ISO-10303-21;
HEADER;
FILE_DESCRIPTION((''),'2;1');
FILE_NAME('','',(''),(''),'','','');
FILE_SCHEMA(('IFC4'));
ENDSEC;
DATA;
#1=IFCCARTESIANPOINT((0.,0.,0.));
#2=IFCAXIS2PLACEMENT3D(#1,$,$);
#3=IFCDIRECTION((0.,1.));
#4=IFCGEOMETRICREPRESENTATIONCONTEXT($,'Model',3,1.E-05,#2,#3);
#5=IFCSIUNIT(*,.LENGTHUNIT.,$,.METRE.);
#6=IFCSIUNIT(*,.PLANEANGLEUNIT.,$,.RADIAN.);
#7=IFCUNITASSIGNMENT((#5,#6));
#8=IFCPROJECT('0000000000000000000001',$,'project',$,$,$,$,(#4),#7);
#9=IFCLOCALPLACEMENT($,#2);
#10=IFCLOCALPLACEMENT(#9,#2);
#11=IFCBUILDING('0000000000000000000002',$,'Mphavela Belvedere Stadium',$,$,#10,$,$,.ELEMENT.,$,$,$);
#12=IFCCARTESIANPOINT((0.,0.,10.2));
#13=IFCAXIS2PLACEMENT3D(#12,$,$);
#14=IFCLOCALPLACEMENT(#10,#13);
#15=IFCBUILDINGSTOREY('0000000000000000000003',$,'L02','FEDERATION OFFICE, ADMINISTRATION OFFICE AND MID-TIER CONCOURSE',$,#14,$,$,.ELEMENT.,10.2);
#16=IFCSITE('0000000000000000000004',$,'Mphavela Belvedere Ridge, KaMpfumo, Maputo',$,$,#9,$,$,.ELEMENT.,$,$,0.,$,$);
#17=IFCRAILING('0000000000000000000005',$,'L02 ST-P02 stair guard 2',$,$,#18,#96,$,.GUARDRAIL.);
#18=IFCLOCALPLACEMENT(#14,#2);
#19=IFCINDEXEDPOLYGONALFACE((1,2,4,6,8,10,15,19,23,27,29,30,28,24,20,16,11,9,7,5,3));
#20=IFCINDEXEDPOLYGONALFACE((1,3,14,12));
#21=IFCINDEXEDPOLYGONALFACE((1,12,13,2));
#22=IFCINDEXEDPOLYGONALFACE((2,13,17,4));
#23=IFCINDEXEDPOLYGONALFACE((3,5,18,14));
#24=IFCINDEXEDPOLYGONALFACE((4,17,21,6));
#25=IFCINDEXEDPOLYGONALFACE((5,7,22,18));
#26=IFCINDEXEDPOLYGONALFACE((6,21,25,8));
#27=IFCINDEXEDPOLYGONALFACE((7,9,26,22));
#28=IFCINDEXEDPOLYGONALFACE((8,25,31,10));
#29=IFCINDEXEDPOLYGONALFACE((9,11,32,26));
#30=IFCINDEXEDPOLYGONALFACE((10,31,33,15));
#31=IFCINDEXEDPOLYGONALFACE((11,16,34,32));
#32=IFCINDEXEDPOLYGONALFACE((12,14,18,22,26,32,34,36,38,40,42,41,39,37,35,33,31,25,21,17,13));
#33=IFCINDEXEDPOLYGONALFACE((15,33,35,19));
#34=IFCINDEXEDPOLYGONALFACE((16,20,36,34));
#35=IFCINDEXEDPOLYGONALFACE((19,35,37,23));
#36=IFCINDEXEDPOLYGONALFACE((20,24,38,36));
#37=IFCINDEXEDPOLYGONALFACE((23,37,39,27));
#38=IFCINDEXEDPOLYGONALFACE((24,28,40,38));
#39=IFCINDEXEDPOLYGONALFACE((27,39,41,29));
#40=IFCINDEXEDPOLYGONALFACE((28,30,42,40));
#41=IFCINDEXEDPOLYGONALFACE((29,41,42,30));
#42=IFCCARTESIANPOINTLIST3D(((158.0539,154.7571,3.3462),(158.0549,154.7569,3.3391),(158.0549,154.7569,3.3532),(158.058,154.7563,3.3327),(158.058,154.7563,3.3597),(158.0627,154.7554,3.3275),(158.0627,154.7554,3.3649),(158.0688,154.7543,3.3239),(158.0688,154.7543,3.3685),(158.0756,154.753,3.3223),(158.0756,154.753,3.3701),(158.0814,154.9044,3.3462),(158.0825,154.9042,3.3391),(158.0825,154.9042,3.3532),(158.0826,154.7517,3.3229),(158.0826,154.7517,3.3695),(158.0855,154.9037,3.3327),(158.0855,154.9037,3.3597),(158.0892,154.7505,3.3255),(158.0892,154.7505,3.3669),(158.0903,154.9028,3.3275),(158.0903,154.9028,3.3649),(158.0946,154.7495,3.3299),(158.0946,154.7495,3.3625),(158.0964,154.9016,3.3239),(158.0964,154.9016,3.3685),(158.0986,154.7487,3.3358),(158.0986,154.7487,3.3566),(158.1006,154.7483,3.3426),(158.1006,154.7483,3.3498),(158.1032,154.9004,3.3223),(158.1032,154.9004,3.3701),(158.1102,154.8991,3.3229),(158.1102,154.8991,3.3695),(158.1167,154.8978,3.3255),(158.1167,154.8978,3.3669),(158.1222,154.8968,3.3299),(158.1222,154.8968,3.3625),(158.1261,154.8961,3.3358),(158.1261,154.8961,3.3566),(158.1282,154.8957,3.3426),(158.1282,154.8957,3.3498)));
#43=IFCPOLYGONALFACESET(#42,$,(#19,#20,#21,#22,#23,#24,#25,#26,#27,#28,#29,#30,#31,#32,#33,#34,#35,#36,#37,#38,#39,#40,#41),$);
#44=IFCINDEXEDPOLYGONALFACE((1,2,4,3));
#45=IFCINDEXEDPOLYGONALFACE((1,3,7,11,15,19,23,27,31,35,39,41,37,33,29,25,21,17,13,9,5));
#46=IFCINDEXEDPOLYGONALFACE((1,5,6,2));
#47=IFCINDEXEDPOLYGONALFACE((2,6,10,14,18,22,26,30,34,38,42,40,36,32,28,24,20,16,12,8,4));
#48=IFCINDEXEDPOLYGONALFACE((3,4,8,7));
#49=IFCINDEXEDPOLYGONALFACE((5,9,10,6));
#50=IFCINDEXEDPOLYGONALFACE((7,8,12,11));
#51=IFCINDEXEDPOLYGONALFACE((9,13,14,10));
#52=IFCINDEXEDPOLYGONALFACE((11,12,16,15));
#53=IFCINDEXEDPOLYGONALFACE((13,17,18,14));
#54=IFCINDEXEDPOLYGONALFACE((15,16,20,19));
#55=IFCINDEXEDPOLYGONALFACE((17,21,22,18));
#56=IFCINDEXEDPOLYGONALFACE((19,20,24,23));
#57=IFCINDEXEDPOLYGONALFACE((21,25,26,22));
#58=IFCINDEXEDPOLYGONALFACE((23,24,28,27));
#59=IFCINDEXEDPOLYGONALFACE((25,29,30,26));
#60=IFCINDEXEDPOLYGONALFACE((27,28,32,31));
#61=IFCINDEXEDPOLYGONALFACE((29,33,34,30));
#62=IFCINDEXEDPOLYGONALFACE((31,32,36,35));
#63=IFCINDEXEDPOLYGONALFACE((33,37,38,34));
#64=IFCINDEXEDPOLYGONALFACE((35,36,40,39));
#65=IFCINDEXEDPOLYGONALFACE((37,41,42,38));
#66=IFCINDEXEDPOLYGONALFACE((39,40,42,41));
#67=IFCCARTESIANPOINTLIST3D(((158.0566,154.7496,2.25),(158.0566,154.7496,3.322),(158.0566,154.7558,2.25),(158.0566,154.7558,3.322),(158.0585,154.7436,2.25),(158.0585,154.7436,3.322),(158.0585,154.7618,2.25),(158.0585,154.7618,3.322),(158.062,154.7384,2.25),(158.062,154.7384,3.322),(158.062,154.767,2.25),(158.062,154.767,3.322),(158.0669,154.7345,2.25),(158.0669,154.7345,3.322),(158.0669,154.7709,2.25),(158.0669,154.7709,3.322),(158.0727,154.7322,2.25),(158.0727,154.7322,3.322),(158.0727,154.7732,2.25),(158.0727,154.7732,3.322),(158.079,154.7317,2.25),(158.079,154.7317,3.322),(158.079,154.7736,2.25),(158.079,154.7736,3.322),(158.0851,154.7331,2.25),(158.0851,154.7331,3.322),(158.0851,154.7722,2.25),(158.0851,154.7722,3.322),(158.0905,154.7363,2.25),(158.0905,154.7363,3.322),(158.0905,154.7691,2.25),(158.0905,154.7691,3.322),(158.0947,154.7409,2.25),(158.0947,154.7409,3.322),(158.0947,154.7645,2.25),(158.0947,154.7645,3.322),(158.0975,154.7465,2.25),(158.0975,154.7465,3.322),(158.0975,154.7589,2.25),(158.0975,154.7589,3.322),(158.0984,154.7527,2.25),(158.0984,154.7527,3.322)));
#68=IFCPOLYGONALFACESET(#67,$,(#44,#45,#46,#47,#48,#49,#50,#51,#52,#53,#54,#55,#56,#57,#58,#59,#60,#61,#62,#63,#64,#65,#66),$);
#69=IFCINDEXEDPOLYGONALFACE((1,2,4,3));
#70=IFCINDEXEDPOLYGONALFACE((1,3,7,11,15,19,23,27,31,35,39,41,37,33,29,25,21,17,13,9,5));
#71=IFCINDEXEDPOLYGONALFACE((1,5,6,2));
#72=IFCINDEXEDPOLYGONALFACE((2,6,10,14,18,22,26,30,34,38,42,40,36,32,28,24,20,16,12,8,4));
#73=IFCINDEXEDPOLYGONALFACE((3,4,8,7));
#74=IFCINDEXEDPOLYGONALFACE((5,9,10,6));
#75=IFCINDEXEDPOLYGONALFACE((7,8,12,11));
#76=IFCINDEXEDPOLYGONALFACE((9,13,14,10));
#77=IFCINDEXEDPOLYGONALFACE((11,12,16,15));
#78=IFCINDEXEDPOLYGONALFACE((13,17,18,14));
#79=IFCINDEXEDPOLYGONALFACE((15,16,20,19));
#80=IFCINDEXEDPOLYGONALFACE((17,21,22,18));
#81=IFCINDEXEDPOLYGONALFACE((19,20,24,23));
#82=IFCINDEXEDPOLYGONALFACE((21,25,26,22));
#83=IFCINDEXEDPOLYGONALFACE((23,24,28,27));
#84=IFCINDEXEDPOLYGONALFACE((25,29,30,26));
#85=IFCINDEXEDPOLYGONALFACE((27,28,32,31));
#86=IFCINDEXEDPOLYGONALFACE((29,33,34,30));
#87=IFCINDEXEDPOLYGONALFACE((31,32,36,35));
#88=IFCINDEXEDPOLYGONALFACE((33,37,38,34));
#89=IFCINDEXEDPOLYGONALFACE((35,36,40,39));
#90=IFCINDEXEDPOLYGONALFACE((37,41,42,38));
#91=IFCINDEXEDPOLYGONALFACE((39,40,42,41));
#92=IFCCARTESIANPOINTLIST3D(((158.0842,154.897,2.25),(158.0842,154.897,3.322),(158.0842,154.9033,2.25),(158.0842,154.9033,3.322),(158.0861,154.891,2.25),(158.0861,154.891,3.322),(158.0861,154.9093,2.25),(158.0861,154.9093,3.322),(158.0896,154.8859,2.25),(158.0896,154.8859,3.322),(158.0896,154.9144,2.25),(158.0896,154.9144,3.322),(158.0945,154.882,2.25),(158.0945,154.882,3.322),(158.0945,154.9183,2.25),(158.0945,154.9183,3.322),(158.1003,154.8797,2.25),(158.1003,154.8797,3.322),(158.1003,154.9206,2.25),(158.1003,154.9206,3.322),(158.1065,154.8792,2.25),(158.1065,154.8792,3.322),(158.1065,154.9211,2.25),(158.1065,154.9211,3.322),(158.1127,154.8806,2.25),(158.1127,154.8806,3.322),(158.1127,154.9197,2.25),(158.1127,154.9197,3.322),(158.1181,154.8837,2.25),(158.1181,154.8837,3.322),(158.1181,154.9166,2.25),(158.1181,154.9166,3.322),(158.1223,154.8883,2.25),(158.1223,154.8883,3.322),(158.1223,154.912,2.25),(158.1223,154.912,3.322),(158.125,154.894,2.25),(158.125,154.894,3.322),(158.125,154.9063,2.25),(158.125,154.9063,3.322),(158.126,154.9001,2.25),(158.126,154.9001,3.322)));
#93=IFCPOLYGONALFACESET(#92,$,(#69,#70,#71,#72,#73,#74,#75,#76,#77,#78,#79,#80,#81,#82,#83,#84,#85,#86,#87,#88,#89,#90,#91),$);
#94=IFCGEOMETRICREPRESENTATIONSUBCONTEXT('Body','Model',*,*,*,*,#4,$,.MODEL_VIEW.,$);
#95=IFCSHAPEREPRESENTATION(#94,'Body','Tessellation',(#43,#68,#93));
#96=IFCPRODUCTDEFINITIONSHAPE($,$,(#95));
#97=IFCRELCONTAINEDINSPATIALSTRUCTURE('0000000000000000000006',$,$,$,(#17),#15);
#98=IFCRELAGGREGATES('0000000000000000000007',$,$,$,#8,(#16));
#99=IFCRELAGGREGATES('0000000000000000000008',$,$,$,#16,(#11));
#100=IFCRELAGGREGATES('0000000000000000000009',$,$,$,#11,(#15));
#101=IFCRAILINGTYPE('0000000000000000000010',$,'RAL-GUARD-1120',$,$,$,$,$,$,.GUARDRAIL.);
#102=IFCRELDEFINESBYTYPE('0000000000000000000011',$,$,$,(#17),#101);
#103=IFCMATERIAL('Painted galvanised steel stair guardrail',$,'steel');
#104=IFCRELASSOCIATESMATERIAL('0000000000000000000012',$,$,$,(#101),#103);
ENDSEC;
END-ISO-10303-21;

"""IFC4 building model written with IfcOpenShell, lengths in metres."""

from ifc_helpers import new_model, si_unit, direction, frame, origin, origin_2d, place, context, subcontext, project, spatial, circle, extrude, material, type_object, element, save


model = new_model("IFC4")

# Units and contexts
model_context = context("Model", 3, precision=1e-05, world=origin(), true_north=direction((0.0, 1.0)))
body_context = subcontext(model_context, "Body", "Model", "MODEL_VIEW")
ifc_project = project(units=[si_unit("LENGTHUNIT", "METRE"), si_unit("PLANEANGLEUNIT", "RADIAN")], contexts=[model_context])

# Site, building, storey
site_placement = place(None, origin())
site = spatial("IfcSite", under=ifc_project, at=site_placement, Name="Mphavela Belvedere Ridge, KaMpfumo, Maputo", CompositionType="ELEMENT", RefElevation=0.0)
building_placement = place(site_placement, origin())
building = spatial("IfcBuilding", under=site, at=building_placement, Name="Mphavela Belvedere Stadium", CompositionType="ELEMENT")
storey_placement = place(building_placement, frame((0.0, 0.0, 10.2)))
storey = spatial("IfcBuildingStorey", under=building, at=storey_placement, Name="L02", Description="FEDERATION OFFICE, ADMINISTRATION OFFICE AND MID-TIER CONCOURSE", CompositionType="ELEMENT", Elevation=10.2)

# Railing
ifc_material_1 = material(Name="Painted galvanised steel stair guardrail", Category="steel")
railing_type_1 = type_object("IfcRailingType", Name="RAL-GUARD-1120", PredefinedType="GUARDRAIL", material=ifc_material_1)
railing_1_placement = place(storey_placement, frame((158.0774, 154.7527, 2.25)))
element("IfcRailing", 1, at=railing_1_placement, inside=storey, type_object=railing_type_1, Name="L02 ST-P02 stair guard 2", PredefinedType="GUARDRAIL", context=body_context, shape_type="SweptSolid", body=[
    extrude(circle(Radius=0.0239, at=origin_2d()), frame((0.0, 0.0, 1.0962), z_axis=(0.183895, 0.982946, 0.0), x_axis=(-0.982946, 0.183895, 0.0)), (0.0, 0.0, 1.0), 0.1499),
    extrude(circle(Radius=0.021, at=origin_2d()), origin(), (0.0, 0.0, 1.0), 1.072),
    extrude(circle(Radius=0.021, at=origin_2d()), frame((0.0276, 0.1475, 0.0)), (0.0, 0.0, 1.0), 1.072),
])

save(model, "model.ifc")
